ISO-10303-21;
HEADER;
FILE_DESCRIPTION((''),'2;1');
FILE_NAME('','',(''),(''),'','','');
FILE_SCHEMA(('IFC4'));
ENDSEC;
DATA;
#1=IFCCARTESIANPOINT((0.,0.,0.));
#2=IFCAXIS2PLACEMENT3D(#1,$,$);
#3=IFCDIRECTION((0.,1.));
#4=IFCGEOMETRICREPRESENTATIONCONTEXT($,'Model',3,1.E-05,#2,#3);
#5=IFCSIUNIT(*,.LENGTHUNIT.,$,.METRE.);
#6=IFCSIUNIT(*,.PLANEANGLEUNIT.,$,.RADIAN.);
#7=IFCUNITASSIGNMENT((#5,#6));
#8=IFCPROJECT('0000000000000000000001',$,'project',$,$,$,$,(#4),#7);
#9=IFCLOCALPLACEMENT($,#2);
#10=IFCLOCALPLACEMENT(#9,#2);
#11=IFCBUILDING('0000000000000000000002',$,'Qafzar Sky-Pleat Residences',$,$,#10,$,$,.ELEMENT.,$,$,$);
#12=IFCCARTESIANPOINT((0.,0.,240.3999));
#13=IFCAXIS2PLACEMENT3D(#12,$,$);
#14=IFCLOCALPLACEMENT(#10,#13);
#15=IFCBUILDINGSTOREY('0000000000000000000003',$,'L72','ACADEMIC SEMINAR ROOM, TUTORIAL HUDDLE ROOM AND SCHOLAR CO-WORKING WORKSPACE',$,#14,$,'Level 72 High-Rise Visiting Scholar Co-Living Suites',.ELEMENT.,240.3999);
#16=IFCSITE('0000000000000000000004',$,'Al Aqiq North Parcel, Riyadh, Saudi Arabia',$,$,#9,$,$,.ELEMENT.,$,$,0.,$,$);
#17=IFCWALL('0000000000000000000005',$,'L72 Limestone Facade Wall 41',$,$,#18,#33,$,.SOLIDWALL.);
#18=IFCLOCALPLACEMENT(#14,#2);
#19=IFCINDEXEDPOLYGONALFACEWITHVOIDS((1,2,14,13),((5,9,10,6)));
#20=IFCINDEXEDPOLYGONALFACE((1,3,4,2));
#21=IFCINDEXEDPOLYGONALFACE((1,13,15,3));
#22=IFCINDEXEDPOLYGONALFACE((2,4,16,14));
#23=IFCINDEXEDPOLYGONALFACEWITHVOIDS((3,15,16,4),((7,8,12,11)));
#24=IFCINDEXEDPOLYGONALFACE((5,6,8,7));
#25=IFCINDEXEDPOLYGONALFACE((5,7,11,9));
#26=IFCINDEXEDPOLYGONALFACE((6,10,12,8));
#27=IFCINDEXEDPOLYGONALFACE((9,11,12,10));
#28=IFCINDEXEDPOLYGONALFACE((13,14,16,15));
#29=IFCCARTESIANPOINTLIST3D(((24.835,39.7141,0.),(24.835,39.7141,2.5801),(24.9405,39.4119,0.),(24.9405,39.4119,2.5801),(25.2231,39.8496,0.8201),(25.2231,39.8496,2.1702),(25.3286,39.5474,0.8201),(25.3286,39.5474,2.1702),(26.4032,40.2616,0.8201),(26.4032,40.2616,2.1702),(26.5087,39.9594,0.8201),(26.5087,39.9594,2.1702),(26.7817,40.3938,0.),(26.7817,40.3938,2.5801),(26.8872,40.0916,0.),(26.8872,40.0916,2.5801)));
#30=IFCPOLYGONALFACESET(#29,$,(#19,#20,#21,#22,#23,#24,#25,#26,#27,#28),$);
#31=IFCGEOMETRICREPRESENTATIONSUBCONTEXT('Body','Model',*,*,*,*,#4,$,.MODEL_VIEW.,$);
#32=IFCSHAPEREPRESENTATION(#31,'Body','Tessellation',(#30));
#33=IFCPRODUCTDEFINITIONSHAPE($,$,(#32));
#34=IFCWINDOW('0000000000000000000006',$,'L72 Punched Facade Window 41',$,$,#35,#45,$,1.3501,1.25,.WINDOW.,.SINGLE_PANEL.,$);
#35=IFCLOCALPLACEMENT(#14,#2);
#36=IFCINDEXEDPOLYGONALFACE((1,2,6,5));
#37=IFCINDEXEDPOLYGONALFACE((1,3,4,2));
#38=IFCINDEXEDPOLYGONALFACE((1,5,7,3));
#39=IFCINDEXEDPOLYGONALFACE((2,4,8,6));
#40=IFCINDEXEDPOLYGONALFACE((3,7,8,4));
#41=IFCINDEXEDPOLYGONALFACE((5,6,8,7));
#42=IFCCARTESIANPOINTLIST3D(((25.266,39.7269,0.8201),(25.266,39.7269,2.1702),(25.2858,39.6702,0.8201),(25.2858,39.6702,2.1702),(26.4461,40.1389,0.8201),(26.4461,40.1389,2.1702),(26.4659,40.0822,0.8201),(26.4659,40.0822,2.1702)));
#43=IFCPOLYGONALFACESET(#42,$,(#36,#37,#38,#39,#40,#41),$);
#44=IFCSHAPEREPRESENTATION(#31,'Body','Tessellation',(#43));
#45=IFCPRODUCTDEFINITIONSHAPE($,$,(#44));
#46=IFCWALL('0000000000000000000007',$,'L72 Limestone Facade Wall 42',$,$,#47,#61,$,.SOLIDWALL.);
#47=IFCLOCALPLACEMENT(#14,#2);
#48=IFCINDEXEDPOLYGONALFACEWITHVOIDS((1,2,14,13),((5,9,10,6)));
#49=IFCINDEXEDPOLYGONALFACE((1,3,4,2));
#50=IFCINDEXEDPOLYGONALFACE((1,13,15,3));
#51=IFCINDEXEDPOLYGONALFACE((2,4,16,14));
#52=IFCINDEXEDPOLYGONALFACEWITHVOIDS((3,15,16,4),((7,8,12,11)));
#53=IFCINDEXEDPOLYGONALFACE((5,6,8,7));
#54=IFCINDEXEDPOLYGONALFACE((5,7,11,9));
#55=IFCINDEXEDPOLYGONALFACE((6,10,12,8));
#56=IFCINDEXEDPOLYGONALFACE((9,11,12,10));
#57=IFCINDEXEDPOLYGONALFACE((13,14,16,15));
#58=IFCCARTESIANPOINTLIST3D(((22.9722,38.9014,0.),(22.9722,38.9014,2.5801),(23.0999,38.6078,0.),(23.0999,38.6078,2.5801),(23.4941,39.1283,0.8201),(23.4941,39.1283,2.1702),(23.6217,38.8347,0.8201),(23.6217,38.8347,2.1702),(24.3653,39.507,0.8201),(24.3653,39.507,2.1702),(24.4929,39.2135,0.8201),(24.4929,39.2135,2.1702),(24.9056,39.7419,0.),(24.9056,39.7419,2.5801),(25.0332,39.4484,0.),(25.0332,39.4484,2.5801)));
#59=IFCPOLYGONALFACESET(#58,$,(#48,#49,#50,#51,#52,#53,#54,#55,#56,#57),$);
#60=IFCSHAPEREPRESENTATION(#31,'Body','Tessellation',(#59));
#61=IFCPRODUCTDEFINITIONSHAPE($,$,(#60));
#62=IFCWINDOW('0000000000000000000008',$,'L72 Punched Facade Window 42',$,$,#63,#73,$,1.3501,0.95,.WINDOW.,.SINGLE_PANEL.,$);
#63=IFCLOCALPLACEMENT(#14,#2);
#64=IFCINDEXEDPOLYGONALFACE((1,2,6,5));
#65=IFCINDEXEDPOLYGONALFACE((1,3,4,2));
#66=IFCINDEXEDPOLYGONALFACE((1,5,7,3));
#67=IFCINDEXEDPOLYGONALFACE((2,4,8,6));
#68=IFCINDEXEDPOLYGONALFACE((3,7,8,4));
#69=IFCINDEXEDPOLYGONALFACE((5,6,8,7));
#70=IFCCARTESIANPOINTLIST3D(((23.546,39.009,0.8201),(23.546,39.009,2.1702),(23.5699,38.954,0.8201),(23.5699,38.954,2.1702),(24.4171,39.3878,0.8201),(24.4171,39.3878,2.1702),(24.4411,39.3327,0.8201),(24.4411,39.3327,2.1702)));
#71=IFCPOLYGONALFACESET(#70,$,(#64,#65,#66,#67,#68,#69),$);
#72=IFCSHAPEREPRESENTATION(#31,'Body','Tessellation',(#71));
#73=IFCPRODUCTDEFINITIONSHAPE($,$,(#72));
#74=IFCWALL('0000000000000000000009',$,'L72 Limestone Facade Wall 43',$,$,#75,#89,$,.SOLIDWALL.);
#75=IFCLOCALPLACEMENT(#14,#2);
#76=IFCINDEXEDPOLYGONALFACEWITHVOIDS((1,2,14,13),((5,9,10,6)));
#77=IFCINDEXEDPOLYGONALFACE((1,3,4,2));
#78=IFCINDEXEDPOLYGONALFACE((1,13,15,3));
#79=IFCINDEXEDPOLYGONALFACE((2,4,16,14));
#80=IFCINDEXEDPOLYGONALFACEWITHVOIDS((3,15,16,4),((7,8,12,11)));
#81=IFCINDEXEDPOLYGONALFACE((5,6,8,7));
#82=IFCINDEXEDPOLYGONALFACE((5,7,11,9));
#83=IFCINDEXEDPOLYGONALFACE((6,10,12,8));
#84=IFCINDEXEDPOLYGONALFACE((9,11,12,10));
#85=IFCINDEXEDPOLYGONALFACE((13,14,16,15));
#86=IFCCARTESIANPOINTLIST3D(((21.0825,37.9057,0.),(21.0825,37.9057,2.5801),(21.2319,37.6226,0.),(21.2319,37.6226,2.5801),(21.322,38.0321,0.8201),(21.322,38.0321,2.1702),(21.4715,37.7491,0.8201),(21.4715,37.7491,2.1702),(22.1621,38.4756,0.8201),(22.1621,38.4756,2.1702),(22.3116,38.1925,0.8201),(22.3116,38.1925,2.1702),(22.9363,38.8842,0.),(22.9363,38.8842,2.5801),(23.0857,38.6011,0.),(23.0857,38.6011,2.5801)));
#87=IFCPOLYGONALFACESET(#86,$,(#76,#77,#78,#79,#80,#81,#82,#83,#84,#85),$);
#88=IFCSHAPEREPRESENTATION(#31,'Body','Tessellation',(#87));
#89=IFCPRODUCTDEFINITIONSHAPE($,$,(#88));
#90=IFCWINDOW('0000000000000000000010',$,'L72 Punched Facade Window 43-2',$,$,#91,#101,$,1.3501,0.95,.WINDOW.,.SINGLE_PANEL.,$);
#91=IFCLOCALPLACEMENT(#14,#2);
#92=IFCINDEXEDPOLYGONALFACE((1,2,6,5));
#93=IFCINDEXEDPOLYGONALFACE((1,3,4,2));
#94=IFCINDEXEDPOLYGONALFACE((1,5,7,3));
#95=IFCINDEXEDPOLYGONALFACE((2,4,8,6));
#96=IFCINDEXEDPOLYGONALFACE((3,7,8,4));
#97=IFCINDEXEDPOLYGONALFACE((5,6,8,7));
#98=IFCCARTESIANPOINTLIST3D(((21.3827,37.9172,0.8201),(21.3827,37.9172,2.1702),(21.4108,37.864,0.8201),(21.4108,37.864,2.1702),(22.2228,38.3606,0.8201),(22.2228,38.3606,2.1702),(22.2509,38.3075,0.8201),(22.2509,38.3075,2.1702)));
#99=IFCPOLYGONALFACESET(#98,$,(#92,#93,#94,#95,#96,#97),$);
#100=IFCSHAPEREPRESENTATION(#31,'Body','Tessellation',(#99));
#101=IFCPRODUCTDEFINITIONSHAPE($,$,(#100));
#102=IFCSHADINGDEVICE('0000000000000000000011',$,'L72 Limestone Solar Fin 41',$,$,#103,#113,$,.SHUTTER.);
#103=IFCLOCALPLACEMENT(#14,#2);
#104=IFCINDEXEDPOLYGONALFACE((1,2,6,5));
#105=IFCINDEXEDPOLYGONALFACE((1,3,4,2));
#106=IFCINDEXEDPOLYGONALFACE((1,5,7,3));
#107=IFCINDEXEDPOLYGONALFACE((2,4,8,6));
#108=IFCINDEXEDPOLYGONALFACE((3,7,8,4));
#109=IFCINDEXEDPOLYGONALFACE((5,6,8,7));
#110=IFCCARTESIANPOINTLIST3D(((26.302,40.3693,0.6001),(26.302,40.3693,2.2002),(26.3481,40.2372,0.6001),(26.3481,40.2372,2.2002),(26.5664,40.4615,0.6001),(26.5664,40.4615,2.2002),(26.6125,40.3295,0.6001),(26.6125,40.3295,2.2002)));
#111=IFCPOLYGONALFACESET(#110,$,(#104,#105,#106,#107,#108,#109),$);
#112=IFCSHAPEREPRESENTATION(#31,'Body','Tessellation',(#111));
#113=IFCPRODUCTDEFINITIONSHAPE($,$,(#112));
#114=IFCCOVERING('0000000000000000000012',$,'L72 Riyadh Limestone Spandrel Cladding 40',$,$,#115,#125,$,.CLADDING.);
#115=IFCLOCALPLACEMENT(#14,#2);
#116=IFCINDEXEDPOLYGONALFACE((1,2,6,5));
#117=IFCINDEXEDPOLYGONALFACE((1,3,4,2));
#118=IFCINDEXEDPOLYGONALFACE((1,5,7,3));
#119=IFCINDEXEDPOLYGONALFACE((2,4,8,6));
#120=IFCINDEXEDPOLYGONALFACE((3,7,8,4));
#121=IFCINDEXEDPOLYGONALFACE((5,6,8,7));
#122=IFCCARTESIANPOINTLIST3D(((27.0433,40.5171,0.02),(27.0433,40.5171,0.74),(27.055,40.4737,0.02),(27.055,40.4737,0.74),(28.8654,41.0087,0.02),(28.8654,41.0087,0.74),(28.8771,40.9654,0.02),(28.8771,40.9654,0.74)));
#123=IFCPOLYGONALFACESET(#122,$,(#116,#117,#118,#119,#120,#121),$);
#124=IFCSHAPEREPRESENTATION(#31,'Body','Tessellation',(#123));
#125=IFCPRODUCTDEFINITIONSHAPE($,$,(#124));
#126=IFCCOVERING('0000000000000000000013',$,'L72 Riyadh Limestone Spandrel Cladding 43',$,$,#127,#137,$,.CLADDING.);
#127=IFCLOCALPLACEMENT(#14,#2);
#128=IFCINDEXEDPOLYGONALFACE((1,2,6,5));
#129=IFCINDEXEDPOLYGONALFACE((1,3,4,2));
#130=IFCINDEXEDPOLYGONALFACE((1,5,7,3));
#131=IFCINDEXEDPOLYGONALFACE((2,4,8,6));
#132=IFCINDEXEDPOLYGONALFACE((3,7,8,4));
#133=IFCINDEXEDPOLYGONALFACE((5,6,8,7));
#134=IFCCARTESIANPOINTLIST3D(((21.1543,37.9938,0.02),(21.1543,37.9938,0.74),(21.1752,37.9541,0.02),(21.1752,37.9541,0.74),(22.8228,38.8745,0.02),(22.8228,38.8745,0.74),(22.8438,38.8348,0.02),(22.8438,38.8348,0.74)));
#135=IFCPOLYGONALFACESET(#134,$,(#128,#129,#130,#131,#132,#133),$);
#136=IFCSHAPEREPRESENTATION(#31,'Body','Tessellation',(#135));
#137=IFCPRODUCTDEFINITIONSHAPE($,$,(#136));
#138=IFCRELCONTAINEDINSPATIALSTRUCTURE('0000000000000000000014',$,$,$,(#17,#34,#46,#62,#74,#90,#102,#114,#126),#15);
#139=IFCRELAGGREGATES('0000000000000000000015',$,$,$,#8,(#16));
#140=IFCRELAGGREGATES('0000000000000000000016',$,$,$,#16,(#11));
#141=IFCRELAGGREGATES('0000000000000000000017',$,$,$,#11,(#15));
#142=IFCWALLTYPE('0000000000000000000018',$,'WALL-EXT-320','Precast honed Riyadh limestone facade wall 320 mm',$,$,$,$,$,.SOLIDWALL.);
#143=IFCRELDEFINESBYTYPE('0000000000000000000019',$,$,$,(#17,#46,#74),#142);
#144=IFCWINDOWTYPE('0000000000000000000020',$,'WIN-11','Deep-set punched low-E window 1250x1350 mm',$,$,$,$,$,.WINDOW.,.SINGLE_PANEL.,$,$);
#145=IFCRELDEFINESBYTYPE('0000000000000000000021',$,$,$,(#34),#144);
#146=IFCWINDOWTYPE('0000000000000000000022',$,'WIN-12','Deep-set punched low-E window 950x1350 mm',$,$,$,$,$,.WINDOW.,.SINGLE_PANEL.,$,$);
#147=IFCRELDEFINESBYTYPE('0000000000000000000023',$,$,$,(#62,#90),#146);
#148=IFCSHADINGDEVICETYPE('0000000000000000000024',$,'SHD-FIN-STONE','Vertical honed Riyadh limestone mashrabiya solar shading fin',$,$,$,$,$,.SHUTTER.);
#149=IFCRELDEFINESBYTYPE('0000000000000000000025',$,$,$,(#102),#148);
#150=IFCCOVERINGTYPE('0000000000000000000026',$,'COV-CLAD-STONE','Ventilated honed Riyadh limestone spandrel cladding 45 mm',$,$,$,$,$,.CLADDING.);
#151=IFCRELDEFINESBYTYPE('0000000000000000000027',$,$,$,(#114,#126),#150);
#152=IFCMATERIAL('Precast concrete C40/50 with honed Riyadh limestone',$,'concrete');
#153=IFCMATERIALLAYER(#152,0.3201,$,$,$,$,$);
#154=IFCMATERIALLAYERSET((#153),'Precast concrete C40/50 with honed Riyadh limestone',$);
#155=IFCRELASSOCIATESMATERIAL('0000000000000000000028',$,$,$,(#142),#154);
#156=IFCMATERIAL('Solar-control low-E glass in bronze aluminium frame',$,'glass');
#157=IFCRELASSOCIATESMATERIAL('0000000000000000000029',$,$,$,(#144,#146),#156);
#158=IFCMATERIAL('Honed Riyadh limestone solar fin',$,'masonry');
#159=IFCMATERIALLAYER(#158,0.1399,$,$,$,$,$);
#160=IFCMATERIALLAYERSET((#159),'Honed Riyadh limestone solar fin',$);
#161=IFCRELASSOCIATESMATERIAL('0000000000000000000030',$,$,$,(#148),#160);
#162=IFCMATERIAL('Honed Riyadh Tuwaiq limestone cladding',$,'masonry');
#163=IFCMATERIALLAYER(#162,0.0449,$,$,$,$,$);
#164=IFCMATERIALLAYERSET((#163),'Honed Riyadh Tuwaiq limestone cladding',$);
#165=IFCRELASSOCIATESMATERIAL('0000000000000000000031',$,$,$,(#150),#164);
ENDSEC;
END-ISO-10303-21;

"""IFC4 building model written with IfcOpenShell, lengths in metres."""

from ifc_helpers import new_model, si_unit, direction, frame, frame_2d, origin, origin_2d, place, context, subcontext, project, spatial, rectangle, extrude, source, transform, mapped, material, layer, layer_set, type_object, element, fill, save


model = new_model("IFC4")

# Units and contexts
model_context = context("Model", 3, precision=1e-05, world=origin(), true_north=direction((0.0, 1.0)))
body_context = subcontext(model_context, "Body", "Model", "MODEL_VIEW")
ifc_project = project(units=[si_unit("LENGTHUNIT", "METRE"), si_unit("PLANEANGLEUNIT", "RADIAN")], contexts=[model_context])

# Site, building, storey
site_placement = place(None, origin())
site = spatial("IfcSite", under=ifc_project, at=site_placement, Name="Al Aqiq North Parcel, Riyadh, Saudi Arabia", CompositionType="ELEMENT", RefElevation=0.0)
building_placement = place(site_placement, origin())
building = spatial("IfcBuilding", under=site, at=building_placement, Name="Qafzar Sky-Pleat Residences", CompositionType="ELEMENT")
storey_placement = place(building_placement, frame((0.0, 0.0, 240.3999)))
storey = spatial("IfcBuildingStorey", under=building, at=storey_placement, Name="L72", Description="ACADEMIC SEMINAR ROOM, TUTORIAL HUDDLE ROOM AND SCHOLAR CO-WORKING WORKSPACE", LongName="Level 72 High-Rise Visiting Scholar Co-Living Suites", CompositionType="ELEMENT", Elevation=240.3999)

# Walls, openings, windows
ifc_material_1 = material(Name="Precast concrete C40/50 with honed Riyadh limestone", Category="concrete")
ifc_layer_1 = layer(ifc_material_1, 0.3201)
ifc_layer_set_1 = layer_set([ifc_layer_1], Name="Precast concrete C40/50 with honed Riyadh limestone")
wall_type_1 = type_object("IfcWallType", Name="WALL-EXT-320", Description="Precast honed Riyadh limestone facade wall 320 mm", PredefinedType="SOLIDWALL", material=ifc_layer_set_1)
wall_1_placement = place(storey_placement, frame((26.8345, 40.2427, 0.0), z_axis=(0.0, 0.0, 1.0), x_axis=(-0.944113, -0.329623, 0.0)))
wall_1 = element("IfcWall", 1, at=wall_1_placement, inside=storey, type_object=wall_type_1, Name="L72 Limestone Facade Wall 41", PredefinedType="SOLIDWALL", context=body_context, shape_type="SweptSolid", body=[
    extrude(rectangle(XDim=2.062, YDim=0.3201, at=frame_2d((1.031, 0.0))), origin(), (0.0, 0.0, 1.0), 2.5801),
])
opening_1_placement = place(wall_1_placement, frame((0.4009, 0.0, 0.8201)))
opening_1 = element("IfcOpeningElement", 2, at=opening_1_placement, cuts=wall_1, PredefinedType="OPENING", context=body_context, shape_type="SweptSolid", body=[
    extrude(rectangle(XDim=1.25, YDim=1.3501, at=frame_2d((0.625, 0.675))), frame((0.0, 0.1699, 0.0), z_axis=(0.0, -1.0, 0.0), x_axis=(1.0, 0.0, 0.0)), (0.0, 0.0, 1.0), 0.3401),
])
ifc_material_2 = material(Name="Solar-control low-E glass in bronze aluminium frame", Category="glass")
window_type_1 = type_object("IfcWindowType", Name="WIN-11", Description="Deep-set punched low-E window 1250x1350 mm", PartitioningType="SINGLE_PANEL", PredefinedType="WINDOW", material=ifc_material_2)
shared_shape_1 = source(origin(), body_context, "Body", "SweptSolid", [
    extrude(rectangle(XDim=1.25, YDim=1.3501, at=frame_2d((0.625, 0.675))), frame((0.0, 0.03, 0.0), z_axis=(0.0, -1.0, 0.0), x_axis=(1.0, 0.0, 0.0)), (0.0, 0.0, 1.0), 0.0601),
])
window_1_placement = place(opening_1_placement, origin())
window_1 = element("IfcWindow", 3, at=window_1_placement, inside=storey, type_object=window_type_1, Name="L72 Punched Facade Window 41", OverallHeight=1.3501, OverallWidth=1.25, PartitioningType="SINGLE_PANEL", PredefinedType="WINDOW", context=body_context, shape_type="MappedRepresentation", body=[
    mapped(shared_shape_1, transform((0.0, 0.0, 0.0), x_axis=(1.0, 0.0, 0.0), y_axis=(0.0, 1.0, 0.0), z_axis=(0.0, 0.0, 1.0), scale=1.0)),
])
fill(opening_1, window_1)
wall_2_placement = place(storey_placement, frame((24.9695, 39.5952, 0.0), z_axis=(0.0, 0.0, 1.0), x_axis=(-0.917072, -0.398722, 0.0)))
wall_2 = element("IfcWall", 4, at=wall_2_placement, inside=storey, type_object=wall_type_1, Name="L72 Limestone Facade Wall 42", PredefinedType="SOLIDWALL", context=body_context, shape_type="SweptSolid", body=[
    extrude(rectangle(XDim=2.1082, YDim=0.3201, at=frame_2d((1.0542, 0.0))), origin(), (0.0, 0.0, 1.0), 2.5801),
])
opening_2_placement = place(wall_2_placement, frame((0.5891, 0.0, 0.8201)))
opening_2 = element("IfcOpeningElement", 5, at=opening_2_placement, cuts=wall_2, PredefinedType="OPENING", context=body_context, shape_type="SweptSolid", body=[
    extrude(rectangle(XDim=0.95, YDim=1.3501, at=frame_2d((0.4751, 0.675))), frame((0.0, 0.1699, 0.0), z_axis=(0.0, -1.0, 0.0), x_axis=(1.0, 0.0, 0.0)), (0.0, 0.0, 1.0), 0.3401),
])
window_type_2 = type_object("IfcWindowType", Name="WIN-12", Description="Deep-set punched low-E window 950x1350 mm", PartitioningType="SINGLE_PANEL", PredefinedType="WINDOW", material=ifc_material_2)
shared_shape_2 = source(origin(), body_context, "Body", "SweptSolid", [
    extrude(rectangle(XDim=0.95, YDim=1.3501, at=frame_2d((0.4751, 0.675))), frame((0.0, 0.03, 0.0), z_axis=(0.0, -1.0, 0.0), x_axis=(1.0, 0.0, 0.0)), (0.0, 0.0, 1.0), 0.0601),
])
window_2_placement = place(opening_2_placement, origin())
window_2 = element("IfcWindow", 6, at=window_2_placement, inside=storey, type_object=window_type_2, Name="L72 Punched Facade Window 42", OverallHeight=1.3501, OverallWidth=0.95, PartitioningType="SINGLE_PANEL", PredefinedType="WINDOW", context=body_context, shape_type="MappedRepresentation", body=[
    mapped(shared_shape_2, transform((0.0, 0.0, 0.0), x_axis=(1.0, 0.0, 0.0), y_axis=(0.0, 1.0, 0.0), z_axis=(0.0, 0.0, 1.0), scale=1.0)),
])
fill(opening_2, window_2)
wall_3_placement = place(storey_placement, frame((23.011, 38.7427, 0.0), z_axis=(0.0, 0.0, 1.0), x_axis=(-0.884357, -0.466812, 0.0)))
wall_3 = element("IfcWall", 7, at=wall_3_placement, inside=storey, type_object=wall_type_1, Name="L72 Limestone Facade Wall 43", PredefinedType="SOLIDWALL", context=body_context, shape_type="SweptSolid", body=[
    extrude(rectangle(XDim=2.0962, YDim=0.3201, at=frame_2d((1.0481, 0.0))), origin(), (0.0, 0.0, 1.0), 2.5801),
])
opening_3_placement = place(wall_3_placement, frame((0.8752, 0.0, 0.8201)))
opening_3 = element("IfcOpeningElement", 8, at=opening_3_placement, cuts=wall_3, PredefinedType="OPENING", context=body_context, shape_type="SweptSolid", body=[
    extrude(rectangle(XDim=0.95, YDim=1.3501, at=frame_2d((0.4751, 0.675))), frame((0.0, 0.1699, 0.0), z_axis=(0.0, -1.0, 0.0), x_axis=(1.0, 0.0, 0.0)), (0.0, 0.0, 1.0), 0.3401),
])
window_3_placement = place(opening_3_placement, origin())
window_3 = element("IfcWindow", 9, at=window_3_placement, inside=storey, type_object=window_type_2, Name="L72 Punched Facade Window 43-2", OverallHeight=1.3501, OverallWidth=0.95, PartitioningType="SINGLE_PANEL", PredefinedType="WINDOW", context=body_context, shape_type="MappedRepresentation", body=[
    mapped(shared_shape_2, transform((0.0, 0.0, 0.0), x_axis=(1.0, 0.0, 0.0), y_axis=(0.0, 1.0, 0.0), z_axis=(0.0, 0.0, 1.0), scale=1.0)),
])
fill(opening_3, window_3)

# Shading device
ifc_material_3 = material(Name="Honed Riyadh limestone solar fin", Category="masonry")
ifc_layer_2 = layer(ifc_material_3, 0.1399)
ifc_layer_set_2 = layer_set([ifc_layer_2], Name="Honed Riyadh limestone solar fin")
shading_device_type = type_object("IfcShadingDeviceType", Name="SHD-FIN-STONE", Description="Vertical honed Riyadh limestone mashrabiya solar shading fin", PredefinedType="SHUTTER", material=ifc_layer_set_2)
shared_shape_3 = source(origin(), body_context, "Body", "SweptSolid", [
    extrude(rectangle(XDim=0.1399, YDim=0.28, at=origin_2d()), origin(), (0.0, 0.0, 1.0), 1.6001),
])
shading_device_placement = place(storey_placement, frame((26.4573, 40.3494, 0.6001), z_axis=(0.0, 0.0, 1.0), x_axis=(-0.329579, 0.944128, 0.0)))
element("IfcShadingDevice", 10, at=shading_device_placement, inside=storey, type_object=shading_device_type, Name="L72 Limestone Solar Fin 41", PredefinedType="SHUTTER", context=body_context, shape_type="MappedRepresentation", body=[
    mapped(shared_shape_3, transform((0.0, 0.0, 0.0), x_axis=(1.0, 0.0, 0.0), y_axis=(0.0, 1.0, 0.0), z_axis=(0.0, 0.0, 1.0), scale=1.0)),
])

# Coverings
ifc_material_4 = material(Name="Honed Riyadh Tuwaiq limestone cladding", Category="masonry")
ifc_layer_3 = layer(ifc_material_4, 0.0449)
ifc_layer_set_3 = layer_set([ifc_layer_3], Name="Honed Riyadh Tuwaiq limestone cladding")
covering_type = type_object("IfcCoveringType", Name="COV-CLAD-STONE", Description="Ventilated honed Riyadh limestone spandrel cladding 45 mm", PredefinedType="CLADDING", material=ifc_layer_set_3)
shared_shape_4 = source(origin(), body_context, "Body", "SweptSolid", [
    extrude(rectangle(XDim=1.8872, YDim=0.0449, at=origin_2d()), origin(), (0.0, 0.0, 1.0), 0.72),
])
covering_1_placement = place(storey_placement, frame((27.9602, 40.7412, 0.02), z_axis=(0.0, 0.0, 1.0), x_axis=(-0.965467, -0.260526, 0.0)))
element("IfcCovering", 11, at=covering_1_placement, inside=storey, type_object=covering_type, Name="L72 Riyadh Limestone Spandrel Cladding 40", PredefinedType="CLADDING", context=body_context, shape_type="MappedRepresentation", body=[
    mapped(shared_shape_4, transform((0.0, 0.0, 0.0), x_axis=(1.0, 0.0, 0.0), y_axis=(0.0, 1.0, 0.0), z_axis=(0.0, 0.0, 1.0), scale=1.0)),
])
shared_shape_5 = source(origin(), body_context, "Body", "SweptSolid", [
    extrude(rectangle(XDim=1.8867, YDim=0.0449, at=origin_2d()), origin(), (0.0, 0.0, 1.0), 0.72),
])
covering_2_placement = place(storey_placement, frame((21.999, 38.4143, 0.02), z_axis=(0.0, 0.0, 1.0), x_axis=(-0.884364, -0.466798, 0.0)))
element("IfcCovering", 12, at=covering_2_placement, inside=storey, type_object=covering_type, Name="L72 Riyadh Limestone Spandrel Cladding 43", PredefinedType="CLADDING", context=body_context, shape_type="MappedRepresentation", body=[
    mapped(shared_shape_5, transform((0.0, 0.0, 0.0), x_axis=(1.0, 0.0, 0.0), y_axis=(0.0, 1.0, 0.0), z_axis=(0.0, 0.0, 1.0), scale=1.0)),
])

save(model, "model.ifc")
